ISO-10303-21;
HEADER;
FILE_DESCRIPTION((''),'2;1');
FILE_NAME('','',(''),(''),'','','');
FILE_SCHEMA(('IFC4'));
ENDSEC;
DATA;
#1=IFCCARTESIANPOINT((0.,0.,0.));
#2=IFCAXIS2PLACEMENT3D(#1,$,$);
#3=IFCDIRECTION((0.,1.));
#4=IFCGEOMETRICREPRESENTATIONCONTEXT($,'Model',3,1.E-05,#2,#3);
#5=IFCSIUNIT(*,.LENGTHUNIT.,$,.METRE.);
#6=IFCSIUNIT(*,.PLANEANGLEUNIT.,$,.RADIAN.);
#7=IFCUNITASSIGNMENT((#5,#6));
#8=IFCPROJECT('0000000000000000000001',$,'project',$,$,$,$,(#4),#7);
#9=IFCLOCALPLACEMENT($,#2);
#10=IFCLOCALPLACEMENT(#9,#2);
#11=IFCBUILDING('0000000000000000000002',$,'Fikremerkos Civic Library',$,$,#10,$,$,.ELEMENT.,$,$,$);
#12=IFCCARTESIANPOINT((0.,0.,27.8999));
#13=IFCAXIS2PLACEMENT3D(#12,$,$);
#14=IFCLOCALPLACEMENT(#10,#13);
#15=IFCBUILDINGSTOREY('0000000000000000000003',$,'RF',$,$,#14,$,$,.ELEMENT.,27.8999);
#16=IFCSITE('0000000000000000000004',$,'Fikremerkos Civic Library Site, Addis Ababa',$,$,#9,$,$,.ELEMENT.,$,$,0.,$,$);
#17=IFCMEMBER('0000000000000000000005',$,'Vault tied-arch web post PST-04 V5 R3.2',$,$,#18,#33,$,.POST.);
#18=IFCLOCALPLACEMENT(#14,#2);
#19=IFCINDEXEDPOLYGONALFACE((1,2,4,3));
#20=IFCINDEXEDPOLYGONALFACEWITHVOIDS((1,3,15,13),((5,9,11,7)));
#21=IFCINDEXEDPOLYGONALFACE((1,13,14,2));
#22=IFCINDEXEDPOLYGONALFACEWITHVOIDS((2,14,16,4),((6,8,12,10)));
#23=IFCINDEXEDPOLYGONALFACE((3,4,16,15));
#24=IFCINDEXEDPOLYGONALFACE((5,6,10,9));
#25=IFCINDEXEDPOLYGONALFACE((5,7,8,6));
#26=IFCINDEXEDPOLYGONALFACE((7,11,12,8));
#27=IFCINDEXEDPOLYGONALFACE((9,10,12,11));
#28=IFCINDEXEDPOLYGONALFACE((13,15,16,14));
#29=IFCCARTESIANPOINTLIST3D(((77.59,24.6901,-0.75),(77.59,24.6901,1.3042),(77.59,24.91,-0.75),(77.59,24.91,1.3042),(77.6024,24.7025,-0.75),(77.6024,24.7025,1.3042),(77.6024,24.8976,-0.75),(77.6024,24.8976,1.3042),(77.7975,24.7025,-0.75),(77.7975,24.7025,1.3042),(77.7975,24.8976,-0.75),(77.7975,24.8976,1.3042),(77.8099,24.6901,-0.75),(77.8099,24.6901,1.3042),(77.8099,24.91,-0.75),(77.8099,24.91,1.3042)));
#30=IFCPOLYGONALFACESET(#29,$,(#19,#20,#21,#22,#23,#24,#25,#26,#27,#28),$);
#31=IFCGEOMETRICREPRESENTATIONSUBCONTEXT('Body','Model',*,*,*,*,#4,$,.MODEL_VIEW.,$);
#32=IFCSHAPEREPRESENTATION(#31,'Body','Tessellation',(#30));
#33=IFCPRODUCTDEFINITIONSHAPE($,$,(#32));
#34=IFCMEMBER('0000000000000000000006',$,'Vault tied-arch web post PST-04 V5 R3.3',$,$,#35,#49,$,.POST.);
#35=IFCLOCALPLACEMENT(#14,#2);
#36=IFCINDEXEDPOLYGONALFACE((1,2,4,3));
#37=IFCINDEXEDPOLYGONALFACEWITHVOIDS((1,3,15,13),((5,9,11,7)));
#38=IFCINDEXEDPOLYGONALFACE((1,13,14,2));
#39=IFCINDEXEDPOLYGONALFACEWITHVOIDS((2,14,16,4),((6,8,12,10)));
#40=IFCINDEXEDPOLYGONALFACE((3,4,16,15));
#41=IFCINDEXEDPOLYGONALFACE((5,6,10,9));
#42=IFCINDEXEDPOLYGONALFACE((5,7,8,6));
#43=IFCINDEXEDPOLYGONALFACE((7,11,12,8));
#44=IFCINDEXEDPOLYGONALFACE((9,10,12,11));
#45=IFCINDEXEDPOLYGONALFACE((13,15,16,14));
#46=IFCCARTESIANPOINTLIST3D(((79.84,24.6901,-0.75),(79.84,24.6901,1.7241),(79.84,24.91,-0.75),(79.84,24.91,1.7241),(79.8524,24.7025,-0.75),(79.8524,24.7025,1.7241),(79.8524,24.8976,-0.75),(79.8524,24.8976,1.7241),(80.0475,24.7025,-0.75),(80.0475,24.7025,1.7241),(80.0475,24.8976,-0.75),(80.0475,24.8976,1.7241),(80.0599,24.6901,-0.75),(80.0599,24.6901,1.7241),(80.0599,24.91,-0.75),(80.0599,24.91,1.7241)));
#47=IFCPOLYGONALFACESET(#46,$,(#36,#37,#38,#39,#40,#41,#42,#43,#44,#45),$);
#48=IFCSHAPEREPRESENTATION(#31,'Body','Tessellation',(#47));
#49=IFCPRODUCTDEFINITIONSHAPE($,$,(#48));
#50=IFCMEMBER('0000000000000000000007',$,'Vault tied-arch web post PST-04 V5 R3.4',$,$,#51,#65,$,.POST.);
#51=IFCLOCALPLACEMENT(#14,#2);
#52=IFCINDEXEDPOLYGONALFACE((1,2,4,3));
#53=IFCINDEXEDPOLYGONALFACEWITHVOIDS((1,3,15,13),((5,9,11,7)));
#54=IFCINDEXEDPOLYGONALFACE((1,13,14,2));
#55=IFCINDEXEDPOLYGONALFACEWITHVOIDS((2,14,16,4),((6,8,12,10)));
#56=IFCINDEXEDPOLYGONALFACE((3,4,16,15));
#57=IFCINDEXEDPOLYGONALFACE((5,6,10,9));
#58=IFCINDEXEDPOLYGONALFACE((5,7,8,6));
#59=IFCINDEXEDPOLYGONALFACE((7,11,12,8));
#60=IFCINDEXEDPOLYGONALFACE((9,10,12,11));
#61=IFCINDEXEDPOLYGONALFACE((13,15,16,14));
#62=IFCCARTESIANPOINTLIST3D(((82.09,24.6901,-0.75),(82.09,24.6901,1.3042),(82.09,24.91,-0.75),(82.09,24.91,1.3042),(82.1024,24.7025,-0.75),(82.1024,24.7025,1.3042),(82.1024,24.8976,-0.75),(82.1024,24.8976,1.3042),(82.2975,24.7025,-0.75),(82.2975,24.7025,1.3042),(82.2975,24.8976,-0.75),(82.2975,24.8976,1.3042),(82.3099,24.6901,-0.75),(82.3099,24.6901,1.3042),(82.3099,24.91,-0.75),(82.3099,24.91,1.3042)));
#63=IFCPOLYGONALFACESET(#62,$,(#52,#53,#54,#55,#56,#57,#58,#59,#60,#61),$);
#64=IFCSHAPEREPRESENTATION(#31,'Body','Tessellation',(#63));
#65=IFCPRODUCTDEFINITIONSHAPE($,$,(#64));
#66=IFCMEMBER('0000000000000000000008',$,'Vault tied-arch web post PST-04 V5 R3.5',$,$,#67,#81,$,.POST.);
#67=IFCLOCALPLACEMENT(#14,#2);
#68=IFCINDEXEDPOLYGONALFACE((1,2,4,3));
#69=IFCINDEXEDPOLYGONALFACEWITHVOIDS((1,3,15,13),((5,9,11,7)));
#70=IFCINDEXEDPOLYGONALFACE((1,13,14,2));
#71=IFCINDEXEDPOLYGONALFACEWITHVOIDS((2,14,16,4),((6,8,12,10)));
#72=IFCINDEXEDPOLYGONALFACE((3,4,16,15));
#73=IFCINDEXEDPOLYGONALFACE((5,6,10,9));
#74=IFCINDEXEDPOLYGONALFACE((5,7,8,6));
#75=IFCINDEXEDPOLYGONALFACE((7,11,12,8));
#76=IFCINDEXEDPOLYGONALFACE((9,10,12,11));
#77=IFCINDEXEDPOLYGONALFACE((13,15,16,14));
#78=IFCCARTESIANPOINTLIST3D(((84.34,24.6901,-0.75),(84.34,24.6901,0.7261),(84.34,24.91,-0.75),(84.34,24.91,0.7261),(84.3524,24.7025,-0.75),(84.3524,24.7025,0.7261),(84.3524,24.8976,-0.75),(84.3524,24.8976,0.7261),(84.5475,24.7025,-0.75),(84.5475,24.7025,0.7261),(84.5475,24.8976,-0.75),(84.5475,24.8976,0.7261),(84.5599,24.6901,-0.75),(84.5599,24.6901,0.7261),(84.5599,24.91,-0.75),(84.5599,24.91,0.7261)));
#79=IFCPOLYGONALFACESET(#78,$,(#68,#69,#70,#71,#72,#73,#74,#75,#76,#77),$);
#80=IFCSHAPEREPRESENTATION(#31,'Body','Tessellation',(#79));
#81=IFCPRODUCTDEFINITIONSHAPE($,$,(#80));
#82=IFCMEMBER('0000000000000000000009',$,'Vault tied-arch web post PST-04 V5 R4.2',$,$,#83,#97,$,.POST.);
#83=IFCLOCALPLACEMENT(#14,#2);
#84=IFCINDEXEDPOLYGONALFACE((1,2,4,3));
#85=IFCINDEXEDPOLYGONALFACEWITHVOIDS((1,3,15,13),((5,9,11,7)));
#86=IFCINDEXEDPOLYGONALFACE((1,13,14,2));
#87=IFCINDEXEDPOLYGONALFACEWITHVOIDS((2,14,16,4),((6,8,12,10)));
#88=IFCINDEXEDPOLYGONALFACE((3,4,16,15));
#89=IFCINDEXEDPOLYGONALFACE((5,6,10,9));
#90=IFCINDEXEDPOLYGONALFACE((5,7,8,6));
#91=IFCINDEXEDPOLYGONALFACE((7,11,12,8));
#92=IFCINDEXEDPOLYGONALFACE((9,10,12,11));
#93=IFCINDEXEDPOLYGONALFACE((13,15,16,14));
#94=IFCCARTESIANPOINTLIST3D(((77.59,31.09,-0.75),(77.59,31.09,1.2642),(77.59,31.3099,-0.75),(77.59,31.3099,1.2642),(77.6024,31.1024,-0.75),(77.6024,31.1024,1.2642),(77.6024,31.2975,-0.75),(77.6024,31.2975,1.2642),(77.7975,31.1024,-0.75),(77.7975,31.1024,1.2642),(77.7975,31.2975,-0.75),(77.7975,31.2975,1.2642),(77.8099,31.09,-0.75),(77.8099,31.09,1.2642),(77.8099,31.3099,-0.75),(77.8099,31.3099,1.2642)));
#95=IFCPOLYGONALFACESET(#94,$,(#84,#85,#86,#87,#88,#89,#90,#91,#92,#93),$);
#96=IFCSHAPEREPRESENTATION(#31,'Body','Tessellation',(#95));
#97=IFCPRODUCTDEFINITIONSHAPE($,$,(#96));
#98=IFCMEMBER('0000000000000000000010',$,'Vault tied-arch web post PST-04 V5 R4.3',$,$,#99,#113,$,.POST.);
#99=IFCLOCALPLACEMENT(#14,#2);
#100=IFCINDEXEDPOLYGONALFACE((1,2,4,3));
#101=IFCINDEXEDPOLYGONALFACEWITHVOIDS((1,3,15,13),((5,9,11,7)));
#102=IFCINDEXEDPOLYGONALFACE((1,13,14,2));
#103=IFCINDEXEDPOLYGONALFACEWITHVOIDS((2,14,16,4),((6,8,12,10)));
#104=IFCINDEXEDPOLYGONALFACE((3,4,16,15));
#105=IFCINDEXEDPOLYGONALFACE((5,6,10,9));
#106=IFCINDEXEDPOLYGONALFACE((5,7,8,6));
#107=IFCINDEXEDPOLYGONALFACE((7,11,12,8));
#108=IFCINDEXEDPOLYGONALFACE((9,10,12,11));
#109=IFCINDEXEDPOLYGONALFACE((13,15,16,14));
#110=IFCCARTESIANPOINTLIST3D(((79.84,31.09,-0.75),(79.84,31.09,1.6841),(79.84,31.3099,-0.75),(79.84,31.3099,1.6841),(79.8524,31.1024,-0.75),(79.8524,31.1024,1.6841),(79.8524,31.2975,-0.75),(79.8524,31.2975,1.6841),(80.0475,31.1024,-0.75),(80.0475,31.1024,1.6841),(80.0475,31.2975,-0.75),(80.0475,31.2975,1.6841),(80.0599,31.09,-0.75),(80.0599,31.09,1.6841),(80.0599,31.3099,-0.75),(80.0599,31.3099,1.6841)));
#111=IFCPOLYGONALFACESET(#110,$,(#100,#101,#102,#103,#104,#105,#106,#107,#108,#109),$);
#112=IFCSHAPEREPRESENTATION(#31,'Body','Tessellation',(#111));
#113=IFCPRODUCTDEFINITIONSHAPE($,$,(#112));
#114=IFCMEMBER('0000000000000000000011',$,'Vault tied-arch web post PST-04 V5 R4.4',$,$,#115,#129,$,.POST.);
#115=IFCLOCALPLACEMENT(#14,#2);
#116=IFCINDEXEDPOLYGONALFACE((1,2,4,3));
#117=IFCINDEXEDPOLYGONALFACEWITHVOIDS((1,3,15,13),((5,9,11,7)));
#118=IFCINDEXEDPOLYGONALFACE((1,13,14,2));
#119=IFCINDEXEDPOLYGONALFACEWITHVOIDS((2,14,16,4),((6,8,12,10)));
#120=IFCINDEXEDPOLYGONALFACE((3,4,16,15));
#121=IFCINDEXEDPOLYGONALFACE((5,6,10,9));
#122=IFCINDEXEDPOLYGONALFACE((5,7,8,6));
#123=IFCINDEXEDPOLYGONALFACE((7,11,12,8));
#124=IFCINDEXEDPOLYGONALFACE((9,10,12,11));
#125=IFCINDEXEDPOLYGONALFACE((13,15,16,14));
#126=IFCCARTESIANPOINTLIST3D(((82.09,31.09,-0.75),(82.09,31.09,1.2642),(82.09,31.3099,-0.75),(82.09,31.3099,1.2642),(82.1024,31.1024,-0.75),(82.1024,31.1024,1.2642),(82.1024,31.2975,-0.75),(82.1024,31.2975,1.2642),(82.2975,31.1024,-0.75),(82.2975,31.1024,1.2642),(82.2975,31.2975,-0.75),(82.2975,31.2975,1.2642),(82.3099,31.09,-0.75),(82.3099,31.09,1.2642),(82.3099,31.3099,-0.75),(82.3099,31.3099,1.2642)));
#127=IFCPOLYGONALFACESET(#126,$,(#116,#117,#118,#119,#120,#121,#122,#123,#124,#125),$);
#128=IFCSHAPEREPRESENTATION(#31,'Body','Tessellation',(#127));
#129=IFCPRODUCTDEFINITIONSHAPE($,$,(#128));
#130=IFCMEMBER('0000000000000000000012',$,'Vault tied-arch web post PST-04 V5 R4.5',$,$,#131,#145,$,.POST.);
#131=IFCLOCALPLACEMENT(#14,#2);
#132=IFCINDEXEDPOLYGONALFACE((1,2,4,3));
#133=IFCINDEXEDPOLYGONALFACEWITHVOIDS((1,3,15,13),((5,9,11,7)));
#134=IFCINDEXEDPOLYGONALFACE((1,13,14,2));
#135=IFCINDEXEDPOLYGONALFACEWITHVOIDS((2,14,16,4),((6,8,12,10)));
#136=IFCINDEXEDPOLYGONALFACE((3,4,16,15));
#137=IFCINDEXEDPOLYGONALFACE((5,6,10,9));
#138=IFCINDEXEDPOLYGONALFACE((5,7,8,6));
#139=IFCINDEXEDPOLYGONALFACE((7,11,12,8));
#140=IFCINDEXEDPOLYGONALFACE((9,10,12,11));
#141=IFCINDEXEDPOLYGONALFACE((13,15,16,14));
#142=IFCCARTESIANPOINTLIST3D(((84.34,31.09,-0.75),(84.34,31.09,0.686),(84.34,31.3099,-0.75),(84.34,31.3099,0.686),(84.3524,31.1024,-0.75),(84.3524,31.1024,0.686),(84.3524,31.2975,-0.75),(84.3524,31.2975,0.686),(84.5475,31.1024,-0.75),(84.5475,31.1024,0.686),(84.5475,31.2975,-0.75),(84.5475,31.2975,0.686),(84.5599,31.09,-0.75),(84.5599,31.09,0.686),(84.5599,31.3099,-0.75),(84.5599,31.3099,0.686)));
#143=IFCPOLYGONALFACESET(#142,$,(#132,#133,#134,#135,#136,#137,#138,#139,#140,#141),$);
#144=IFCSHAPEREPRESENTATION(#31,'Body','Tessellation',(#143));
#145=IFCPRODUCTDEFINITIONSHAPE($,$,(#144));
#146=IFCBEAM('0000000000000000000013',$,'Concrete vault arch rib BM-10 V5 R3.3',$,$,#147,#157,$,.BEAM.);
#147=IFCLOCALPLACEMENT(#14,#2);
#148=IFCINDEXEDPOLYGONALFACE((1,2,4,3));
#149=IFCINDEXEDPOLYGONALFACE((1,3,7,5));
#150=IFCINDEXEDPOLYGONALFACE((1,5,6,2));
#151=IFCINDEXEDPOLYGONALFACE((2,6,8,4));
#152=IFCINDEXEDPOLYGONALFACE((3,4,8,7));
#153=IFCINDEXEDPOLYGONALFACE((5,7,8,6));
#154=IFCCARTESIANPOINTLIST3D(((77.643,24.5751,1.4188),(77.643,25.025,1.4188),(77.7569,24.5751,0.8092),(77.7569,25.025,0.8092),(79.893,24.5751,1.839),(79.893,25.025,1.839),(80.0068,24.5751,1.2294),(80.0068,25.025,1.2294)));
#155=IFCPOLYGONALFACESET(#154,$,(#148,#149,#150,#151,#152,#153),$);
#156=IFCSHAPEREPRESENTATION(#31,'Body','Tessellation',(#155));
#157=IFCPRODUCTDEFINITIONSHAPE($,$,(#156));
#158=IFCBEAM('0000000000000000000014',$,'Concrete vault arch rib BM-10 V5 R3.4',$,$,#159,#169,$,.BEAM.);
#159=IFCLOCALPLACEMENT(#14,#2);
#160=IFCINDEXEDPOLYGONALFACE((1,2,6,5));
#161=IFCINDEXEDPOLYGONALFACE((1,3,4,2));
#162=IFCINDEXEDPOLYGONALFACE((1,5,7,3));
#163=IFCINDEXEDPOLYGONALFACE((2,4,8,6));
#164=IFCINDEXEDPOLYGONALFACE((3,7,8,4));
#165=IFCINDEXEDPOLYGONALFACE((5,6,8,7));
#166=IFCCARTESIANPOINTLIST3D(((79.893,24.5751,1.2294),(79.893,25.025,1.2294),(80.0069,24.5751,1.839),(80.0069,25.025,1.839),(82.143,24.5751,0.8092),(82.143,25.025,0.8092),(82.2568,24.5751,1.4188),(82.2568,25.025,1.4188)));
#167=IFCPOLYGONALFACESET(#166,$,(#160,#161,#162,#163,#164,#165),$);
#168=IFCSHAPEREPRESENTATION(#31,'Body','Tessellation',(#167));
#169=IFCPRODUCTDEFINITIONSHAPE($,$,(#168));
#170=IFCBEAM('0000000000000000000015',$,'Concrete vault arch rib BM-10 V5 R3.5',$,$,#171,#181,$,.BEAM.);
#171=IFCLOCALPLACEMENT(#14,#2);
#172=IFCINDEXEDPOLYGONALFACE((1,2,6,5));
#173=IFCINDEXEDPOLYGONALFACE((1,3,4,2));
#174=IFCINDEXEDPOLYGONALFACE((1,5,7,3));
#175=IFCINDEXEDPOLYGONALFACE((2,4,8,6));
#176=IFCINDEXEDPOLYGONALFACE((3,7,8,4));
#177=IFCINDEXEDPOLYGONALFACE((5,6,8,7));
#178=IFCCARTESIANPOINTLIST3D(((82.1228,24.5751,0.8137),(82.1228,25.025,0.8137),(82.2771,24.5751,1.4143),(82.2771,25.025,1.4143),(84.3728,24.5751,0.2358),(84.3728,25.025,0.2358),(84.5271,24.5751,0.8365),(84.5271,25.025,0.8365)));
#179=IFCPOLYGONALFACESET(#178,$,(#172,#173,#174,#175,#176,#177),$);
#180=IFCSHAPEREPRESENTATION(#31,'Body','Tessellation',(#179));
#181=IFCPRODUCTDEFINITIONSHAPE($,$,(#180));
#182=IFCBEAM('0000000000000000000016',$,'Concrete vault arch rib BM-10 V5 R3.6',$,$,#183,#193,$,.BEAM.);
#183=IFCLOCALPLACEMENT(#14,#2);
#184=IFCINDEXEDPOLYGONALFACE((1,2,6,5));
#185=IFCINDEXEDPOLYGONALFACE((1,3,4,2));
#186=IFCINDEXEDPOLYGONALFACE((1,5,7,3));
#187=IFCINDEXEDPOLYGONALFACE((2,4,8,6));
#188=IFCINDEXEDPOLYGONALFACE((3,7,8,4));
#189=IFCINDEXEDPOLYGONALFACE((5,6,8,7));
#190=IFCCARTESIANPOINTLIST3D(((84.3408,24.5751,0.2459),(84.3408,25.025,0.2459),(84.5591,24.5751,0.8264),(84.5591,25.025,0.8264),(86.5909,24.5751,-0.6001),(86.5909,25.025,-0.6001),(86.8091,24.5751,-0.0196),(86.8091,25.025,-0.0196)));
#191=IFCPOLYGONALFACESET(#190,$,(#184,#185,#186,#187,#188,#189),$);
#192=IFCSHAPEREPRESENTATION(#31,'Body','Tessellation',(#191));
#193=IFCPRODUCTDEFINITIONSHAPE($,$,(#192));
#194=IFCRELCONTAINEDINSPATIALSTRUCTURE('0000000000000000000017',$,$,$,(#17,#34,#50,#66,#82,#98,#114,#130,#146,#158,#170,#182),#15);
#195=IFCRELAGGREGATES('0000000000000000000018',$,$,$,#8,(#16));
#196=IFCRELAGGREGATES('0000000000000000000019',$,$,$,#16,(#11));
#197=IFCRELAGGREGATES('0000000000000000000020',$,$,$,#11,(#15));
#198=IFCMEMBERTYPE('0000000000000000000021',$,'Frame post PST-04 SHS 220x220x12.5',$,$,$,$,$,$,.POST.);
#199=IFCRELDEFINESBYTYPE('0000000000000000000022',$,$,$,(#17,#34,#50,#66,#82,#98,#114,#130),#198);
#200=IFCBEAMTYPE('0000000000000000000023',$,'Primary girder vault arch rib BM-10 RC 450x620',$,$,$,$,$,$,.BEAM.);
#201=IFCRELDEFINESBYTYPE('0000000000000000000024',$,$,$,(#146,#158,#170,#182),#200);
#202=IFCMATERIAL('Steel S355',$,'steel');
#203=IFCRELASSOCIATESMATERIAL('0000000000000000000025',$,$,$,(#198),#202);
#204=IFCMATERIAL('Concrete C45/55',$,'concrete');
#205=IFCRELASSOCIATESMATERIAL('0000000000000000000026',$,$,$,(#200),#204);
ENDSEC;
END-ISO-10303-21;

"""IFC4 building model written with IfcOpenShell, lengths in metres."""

from ifc_helpers import new_model, si_unit, direction, frame, origin, origin_2d, place, context, subcontext, project, spatial, rectangle, hollow_rectangle, extrude, material, material_profile, profile_set, type_object, element, save


model = new_model("IFC4")

# Units and contexts
model_context = context("Model", 3, precision=1e-05, world=origin(), true_north=direction((0.0, 1.0)))
body_context = subcontext(model_context, "Body", "Model", "MODEL_VIEW")
ifc_project = project(units=[si_unit("LENGTHUNIT", "METRE"), si_unit("PLANEANGLEUNIT", "RADIAN")], contexts=[model_context])

# Site, building, storey
site_placement = place(None, origin())
site = spatial("IfcSite", under=ifc_project, at=site_placement, Name="Fikremerkos Civic Library Site, Addis Ababa", CompositionType="ELEMENT", RefElevation=0.0)
building_placement = place(site_placement, origin())
building = spatial("IfcBuilding", under=site, at=building_placement, Name="Fikremerkos Civic Library", CompositionType="ELEMENT")
storey_placement = place(building_placement, frame((0.0, 0.0, 27.8999)))
storey = spatial("IfcBuildingStorey", under=building, at=storey_placement, Name="RF", CompositionType="ELEMENT", Elevation=27.8999)

# Members
ifc_material_1 = material(Name="Steel S355", Category="steel")
ifc_material_profile_1 = material_profile(ifc_material_1, hollow_rectangle(XDim=0.22, YDim=0.22, WallThickness=0.0125, at=origin_2d()), Name="SHS 220x220x12.5")
ifc_profile_set_1 = profile_set([ifc_material_profile_1], Name="Steel S355")
member_type = type_object("IfcMemberType", Name="Frame post PST-04 SHS 220x220x12.5", PredefinedType="POST", material=ifc_profile_set_1)
member_1_placement = place(storey_placement, frame((77.7, 24.8, -0.75), z_axis=(0.0, 0.0, 1.0), x_axis=(1.0, 0.0, 0.0)))
element("IfcMember", 1, at=member_1_placement, inside=storey, type_object=member_type, Name="Vault tied-arch web post PST-04 V5 R3.2", PredefinedType="POST", context=body_context, shape_type="SweptSolid", body=[
    extrude(hollow_rectangle(XDim=0.22, YDim=0.22, WallThickness=0.0125, at=origin_2d()), origin(), (0.0, 0.0, 1.0), 2.0542),
])
member_2_placement = place(storey_placement, frame((79.95, 24.8, -0.75), z_axis=(0.0, 0.0, 1.0), x_axis=(1.0, 0.0, 0.0)))
element("IfcMember", 2, at=member_2_placement, inside=storey, type_object=member_type, Name="Vault tied-arch web post PST-04 V5 R3.3", PredefinedType="POST", context=body_context, shape_type="SweptSolid", body=[
    extrude(hollow_rectangle(XDim=0.22, YDim=0.22, WallThickness=0.0125, at=origin_2d()), origin(), (0.0, 0.0, 1.0), 2.4741),
])
member_3_placement = place(storey_placement, frame((82.2, 24.8, -0.75), z_axis=(0.0, 0.0, 1.0), x_axis=(1.0, 0.0, 0.0)))
element("IfcMember", 3, at=member_3_placement, inside=storey, type_object=member_type, Name="Vault tied-arch web post PST-04 V5 R3.4", PredefinedType="POST", context=body_context, shape_type="SweptSolid", body=[
    extrude(hollow_rectangle(XDim=0.22, YDim=0.22, WallThickness=0.0125, at=origin_2d()), origin(), (0.0, 0.0, 1.0), 2.0542),
])
member_4_placement = place(storey_placement, frame((84.45, 24.8, -0.75), z_axis=(0.0, 0.0, 1.0), x_axis=(1.0, 0.0, 0.0)))
element("IfcMember", 4, at=member_4_placement, inside=storey, type_object=member_type, Name="Vault tied-arch web post PST-04 V5 R3.5", PredefinedType="POST", context=body_context, shape_type="SweptSolid", body=[
    extrude(hollow_rectangle(XDim=0.22, YDim=0.22, WallThickness=0.0125, at=origin_2d()), origin(), (0.0, 0.0, 1.0), 1.4761),
])
member_5_placement = place(storey_placement, frame((77.7, 31.2, -0.75), z_axis=(0.0, 0.0, 1.0), x_axis=(1.0, 0.0, 0.0)))
element("IfcMember", 5, at=member_5_placement, inside=storey, type_object=member_type, Name="Vault tied-arch web post PST-04 V5 R4.2", PredefinedType="POST", context=body_context, shape_type="SweptSolid", body=[
    extrude(hollow_rectangle(XDim=0.22, YDim=0.22, WallThickness=0.0125, at=origin_2d()), origin(), (0.0, 0.0, 1.0), 2.0142),
])
member_6_placement = place(storey_placement, frame((79.95, 31.2, -0.75), z_axis=(0.0, 0.0, 1.0), x_axis=(1.0, 0.0, 0.0)))
element("IfcMember", 6, at=member_6_placement, inside=storey, type_object=member_type, Name="Vault tied-arch web post PST-04 V5 R4.3", PredefinedType="POST", context=body_context, shape_type="SweptSolid", body=[
    extrude(hollow_rectangle(XDim=0.22, YDim=0.22, WallThickness=0.0125, at=origin_2d()), origin(), (0.0, 0.0, 1.0), 2.4341),
])
member_7_placement = place(storey_placement, frame((82.2, 31.2, -0.75), z_axis=(0.0, 0.0, 1.0), x_axis=(1.0, 0.0, 0.0)))
element("IfcMember", 7, at=member_7_placement, inside=storey, type_object=member_type, Name="Vault tied-arch web post PST-04 V5 R4.4", PredefinedType="POST", context=body_context, shape_type="SweptSolid", body=[
    extrude(hollow_rectangle(XDim=0.22, YDim=0.22, WallThickness=0.0125, at=origin_2d()), origin(), (0.0, 0.0, 1.0), 2.0142),
])
member_8_placement = place(storey_placement, frame((84.45, 31.2, -0.75), z_axis=(0.0, 0.0, 1.0), x_axis=(1.0, 0.0, 0.0)))
element("IfcMember", 8, at=member_8_placement, inside=storey, type_object=member_type, Name="Vault tied-arch web post PST-04 V5 R4.5", PredefinedType="POST", context=body_context, shape_type="SweptSolid", body=[
    extrude(hollow_rectangle(XDim=0.22, YDim=0.22, WallThickness=0.0125, at=origin_2d()), origin(), (0.0, 0.0, 1.0), 1.436),
])

# Beams
ifc_material_2 = material(Name="Concrete C45/55", Category="concrete")
ifc_material_profile_2 = material_profile(ifc_material_2, rectangle(XDim=0.45, YDim=0.6201, at=origin_2d()), Name="RC 450x620")
ifc_profile_set_2 = profile_set([ifc_material_profile_2], Name="Concrete C45/55")
beam_type_1 = type_object("IfcBeamType", Name="Primary girder vault arch rib BM-10 RC 450x620", PredefinedType="BEAM", material=ifc_profile_set_2)
for number, where, z_axis, x_axis, name in (
    (9, (77.7, 24.8, 1.114), (0.983007, 0.0, 0.183567), (0.0, 1.0, 0.0), "Concrete vault arch rib BM-10 V5 R3.3"),
    (10, (79.95, 24.8, 1.5342), (0.983007, 0.0, -0.183567), (0.0, 1.0, 0.0), "Concrete vault arch rib BM-10 V5 R3.4"),
):
    element("IfcBeam", number, at=place(storey_placement, frame(where, z_axis=z_axis, x_axis=x_axis)), inside=storey, type_object=beam_type_1, Name=name, PredefinedType="BEAM", context=body_context, shape_type="SweptSolid", body=[
        extrude(rectangle(XDim=0.45, YDim=0.6201, at=origin_2d()), origin(), (0.0, 0.0, 1.0), 2.2888),
    ])
beam_1_placement = place(storey_placement, frame((82.2, 24.8, 1.114), z_axis=(0.968565, 0.0, -0.248762), x_axis=(0.0, 1.0, 0.0)))
element("IfcBeam", 11, at=beam_1_placement, inside=storey, type_object=beam_type_1, Name="Concrete vault arch rib BM-10 V5 R3.5", PredefinedType="BEAM", context=body_context, shape_type="SweptSolid", body=[
    extrude(rectangle(XDim=0.45, YDim=0.6201, at=origin_2d()), origin(), (0.0, 0.0, 1.0), 2.323),
])
beam_2_placement = place(storey_placement, frame((84.45, 24.8, 0.5361), z_axis=(0.936028, 0.0, -0.351925), x_axis=(0.0, 1.0, 0.0)))
element("IfcBeam", 12, at=beam_2_placement, inside=storey, type_object=beam_type_1, Name="Concrete vault arch rib BM-10 V5 R3.6", PredefinedType="BEAM", context=body_context, shape_type="SweptSolid", body=[
    extrude(rectangle(XDim=0.45, YDim=0.6201, at=origin_2d()), origin(), (0.0, 0.0, 1.0), 2.4038),
])

save(model, "model.ifc")
